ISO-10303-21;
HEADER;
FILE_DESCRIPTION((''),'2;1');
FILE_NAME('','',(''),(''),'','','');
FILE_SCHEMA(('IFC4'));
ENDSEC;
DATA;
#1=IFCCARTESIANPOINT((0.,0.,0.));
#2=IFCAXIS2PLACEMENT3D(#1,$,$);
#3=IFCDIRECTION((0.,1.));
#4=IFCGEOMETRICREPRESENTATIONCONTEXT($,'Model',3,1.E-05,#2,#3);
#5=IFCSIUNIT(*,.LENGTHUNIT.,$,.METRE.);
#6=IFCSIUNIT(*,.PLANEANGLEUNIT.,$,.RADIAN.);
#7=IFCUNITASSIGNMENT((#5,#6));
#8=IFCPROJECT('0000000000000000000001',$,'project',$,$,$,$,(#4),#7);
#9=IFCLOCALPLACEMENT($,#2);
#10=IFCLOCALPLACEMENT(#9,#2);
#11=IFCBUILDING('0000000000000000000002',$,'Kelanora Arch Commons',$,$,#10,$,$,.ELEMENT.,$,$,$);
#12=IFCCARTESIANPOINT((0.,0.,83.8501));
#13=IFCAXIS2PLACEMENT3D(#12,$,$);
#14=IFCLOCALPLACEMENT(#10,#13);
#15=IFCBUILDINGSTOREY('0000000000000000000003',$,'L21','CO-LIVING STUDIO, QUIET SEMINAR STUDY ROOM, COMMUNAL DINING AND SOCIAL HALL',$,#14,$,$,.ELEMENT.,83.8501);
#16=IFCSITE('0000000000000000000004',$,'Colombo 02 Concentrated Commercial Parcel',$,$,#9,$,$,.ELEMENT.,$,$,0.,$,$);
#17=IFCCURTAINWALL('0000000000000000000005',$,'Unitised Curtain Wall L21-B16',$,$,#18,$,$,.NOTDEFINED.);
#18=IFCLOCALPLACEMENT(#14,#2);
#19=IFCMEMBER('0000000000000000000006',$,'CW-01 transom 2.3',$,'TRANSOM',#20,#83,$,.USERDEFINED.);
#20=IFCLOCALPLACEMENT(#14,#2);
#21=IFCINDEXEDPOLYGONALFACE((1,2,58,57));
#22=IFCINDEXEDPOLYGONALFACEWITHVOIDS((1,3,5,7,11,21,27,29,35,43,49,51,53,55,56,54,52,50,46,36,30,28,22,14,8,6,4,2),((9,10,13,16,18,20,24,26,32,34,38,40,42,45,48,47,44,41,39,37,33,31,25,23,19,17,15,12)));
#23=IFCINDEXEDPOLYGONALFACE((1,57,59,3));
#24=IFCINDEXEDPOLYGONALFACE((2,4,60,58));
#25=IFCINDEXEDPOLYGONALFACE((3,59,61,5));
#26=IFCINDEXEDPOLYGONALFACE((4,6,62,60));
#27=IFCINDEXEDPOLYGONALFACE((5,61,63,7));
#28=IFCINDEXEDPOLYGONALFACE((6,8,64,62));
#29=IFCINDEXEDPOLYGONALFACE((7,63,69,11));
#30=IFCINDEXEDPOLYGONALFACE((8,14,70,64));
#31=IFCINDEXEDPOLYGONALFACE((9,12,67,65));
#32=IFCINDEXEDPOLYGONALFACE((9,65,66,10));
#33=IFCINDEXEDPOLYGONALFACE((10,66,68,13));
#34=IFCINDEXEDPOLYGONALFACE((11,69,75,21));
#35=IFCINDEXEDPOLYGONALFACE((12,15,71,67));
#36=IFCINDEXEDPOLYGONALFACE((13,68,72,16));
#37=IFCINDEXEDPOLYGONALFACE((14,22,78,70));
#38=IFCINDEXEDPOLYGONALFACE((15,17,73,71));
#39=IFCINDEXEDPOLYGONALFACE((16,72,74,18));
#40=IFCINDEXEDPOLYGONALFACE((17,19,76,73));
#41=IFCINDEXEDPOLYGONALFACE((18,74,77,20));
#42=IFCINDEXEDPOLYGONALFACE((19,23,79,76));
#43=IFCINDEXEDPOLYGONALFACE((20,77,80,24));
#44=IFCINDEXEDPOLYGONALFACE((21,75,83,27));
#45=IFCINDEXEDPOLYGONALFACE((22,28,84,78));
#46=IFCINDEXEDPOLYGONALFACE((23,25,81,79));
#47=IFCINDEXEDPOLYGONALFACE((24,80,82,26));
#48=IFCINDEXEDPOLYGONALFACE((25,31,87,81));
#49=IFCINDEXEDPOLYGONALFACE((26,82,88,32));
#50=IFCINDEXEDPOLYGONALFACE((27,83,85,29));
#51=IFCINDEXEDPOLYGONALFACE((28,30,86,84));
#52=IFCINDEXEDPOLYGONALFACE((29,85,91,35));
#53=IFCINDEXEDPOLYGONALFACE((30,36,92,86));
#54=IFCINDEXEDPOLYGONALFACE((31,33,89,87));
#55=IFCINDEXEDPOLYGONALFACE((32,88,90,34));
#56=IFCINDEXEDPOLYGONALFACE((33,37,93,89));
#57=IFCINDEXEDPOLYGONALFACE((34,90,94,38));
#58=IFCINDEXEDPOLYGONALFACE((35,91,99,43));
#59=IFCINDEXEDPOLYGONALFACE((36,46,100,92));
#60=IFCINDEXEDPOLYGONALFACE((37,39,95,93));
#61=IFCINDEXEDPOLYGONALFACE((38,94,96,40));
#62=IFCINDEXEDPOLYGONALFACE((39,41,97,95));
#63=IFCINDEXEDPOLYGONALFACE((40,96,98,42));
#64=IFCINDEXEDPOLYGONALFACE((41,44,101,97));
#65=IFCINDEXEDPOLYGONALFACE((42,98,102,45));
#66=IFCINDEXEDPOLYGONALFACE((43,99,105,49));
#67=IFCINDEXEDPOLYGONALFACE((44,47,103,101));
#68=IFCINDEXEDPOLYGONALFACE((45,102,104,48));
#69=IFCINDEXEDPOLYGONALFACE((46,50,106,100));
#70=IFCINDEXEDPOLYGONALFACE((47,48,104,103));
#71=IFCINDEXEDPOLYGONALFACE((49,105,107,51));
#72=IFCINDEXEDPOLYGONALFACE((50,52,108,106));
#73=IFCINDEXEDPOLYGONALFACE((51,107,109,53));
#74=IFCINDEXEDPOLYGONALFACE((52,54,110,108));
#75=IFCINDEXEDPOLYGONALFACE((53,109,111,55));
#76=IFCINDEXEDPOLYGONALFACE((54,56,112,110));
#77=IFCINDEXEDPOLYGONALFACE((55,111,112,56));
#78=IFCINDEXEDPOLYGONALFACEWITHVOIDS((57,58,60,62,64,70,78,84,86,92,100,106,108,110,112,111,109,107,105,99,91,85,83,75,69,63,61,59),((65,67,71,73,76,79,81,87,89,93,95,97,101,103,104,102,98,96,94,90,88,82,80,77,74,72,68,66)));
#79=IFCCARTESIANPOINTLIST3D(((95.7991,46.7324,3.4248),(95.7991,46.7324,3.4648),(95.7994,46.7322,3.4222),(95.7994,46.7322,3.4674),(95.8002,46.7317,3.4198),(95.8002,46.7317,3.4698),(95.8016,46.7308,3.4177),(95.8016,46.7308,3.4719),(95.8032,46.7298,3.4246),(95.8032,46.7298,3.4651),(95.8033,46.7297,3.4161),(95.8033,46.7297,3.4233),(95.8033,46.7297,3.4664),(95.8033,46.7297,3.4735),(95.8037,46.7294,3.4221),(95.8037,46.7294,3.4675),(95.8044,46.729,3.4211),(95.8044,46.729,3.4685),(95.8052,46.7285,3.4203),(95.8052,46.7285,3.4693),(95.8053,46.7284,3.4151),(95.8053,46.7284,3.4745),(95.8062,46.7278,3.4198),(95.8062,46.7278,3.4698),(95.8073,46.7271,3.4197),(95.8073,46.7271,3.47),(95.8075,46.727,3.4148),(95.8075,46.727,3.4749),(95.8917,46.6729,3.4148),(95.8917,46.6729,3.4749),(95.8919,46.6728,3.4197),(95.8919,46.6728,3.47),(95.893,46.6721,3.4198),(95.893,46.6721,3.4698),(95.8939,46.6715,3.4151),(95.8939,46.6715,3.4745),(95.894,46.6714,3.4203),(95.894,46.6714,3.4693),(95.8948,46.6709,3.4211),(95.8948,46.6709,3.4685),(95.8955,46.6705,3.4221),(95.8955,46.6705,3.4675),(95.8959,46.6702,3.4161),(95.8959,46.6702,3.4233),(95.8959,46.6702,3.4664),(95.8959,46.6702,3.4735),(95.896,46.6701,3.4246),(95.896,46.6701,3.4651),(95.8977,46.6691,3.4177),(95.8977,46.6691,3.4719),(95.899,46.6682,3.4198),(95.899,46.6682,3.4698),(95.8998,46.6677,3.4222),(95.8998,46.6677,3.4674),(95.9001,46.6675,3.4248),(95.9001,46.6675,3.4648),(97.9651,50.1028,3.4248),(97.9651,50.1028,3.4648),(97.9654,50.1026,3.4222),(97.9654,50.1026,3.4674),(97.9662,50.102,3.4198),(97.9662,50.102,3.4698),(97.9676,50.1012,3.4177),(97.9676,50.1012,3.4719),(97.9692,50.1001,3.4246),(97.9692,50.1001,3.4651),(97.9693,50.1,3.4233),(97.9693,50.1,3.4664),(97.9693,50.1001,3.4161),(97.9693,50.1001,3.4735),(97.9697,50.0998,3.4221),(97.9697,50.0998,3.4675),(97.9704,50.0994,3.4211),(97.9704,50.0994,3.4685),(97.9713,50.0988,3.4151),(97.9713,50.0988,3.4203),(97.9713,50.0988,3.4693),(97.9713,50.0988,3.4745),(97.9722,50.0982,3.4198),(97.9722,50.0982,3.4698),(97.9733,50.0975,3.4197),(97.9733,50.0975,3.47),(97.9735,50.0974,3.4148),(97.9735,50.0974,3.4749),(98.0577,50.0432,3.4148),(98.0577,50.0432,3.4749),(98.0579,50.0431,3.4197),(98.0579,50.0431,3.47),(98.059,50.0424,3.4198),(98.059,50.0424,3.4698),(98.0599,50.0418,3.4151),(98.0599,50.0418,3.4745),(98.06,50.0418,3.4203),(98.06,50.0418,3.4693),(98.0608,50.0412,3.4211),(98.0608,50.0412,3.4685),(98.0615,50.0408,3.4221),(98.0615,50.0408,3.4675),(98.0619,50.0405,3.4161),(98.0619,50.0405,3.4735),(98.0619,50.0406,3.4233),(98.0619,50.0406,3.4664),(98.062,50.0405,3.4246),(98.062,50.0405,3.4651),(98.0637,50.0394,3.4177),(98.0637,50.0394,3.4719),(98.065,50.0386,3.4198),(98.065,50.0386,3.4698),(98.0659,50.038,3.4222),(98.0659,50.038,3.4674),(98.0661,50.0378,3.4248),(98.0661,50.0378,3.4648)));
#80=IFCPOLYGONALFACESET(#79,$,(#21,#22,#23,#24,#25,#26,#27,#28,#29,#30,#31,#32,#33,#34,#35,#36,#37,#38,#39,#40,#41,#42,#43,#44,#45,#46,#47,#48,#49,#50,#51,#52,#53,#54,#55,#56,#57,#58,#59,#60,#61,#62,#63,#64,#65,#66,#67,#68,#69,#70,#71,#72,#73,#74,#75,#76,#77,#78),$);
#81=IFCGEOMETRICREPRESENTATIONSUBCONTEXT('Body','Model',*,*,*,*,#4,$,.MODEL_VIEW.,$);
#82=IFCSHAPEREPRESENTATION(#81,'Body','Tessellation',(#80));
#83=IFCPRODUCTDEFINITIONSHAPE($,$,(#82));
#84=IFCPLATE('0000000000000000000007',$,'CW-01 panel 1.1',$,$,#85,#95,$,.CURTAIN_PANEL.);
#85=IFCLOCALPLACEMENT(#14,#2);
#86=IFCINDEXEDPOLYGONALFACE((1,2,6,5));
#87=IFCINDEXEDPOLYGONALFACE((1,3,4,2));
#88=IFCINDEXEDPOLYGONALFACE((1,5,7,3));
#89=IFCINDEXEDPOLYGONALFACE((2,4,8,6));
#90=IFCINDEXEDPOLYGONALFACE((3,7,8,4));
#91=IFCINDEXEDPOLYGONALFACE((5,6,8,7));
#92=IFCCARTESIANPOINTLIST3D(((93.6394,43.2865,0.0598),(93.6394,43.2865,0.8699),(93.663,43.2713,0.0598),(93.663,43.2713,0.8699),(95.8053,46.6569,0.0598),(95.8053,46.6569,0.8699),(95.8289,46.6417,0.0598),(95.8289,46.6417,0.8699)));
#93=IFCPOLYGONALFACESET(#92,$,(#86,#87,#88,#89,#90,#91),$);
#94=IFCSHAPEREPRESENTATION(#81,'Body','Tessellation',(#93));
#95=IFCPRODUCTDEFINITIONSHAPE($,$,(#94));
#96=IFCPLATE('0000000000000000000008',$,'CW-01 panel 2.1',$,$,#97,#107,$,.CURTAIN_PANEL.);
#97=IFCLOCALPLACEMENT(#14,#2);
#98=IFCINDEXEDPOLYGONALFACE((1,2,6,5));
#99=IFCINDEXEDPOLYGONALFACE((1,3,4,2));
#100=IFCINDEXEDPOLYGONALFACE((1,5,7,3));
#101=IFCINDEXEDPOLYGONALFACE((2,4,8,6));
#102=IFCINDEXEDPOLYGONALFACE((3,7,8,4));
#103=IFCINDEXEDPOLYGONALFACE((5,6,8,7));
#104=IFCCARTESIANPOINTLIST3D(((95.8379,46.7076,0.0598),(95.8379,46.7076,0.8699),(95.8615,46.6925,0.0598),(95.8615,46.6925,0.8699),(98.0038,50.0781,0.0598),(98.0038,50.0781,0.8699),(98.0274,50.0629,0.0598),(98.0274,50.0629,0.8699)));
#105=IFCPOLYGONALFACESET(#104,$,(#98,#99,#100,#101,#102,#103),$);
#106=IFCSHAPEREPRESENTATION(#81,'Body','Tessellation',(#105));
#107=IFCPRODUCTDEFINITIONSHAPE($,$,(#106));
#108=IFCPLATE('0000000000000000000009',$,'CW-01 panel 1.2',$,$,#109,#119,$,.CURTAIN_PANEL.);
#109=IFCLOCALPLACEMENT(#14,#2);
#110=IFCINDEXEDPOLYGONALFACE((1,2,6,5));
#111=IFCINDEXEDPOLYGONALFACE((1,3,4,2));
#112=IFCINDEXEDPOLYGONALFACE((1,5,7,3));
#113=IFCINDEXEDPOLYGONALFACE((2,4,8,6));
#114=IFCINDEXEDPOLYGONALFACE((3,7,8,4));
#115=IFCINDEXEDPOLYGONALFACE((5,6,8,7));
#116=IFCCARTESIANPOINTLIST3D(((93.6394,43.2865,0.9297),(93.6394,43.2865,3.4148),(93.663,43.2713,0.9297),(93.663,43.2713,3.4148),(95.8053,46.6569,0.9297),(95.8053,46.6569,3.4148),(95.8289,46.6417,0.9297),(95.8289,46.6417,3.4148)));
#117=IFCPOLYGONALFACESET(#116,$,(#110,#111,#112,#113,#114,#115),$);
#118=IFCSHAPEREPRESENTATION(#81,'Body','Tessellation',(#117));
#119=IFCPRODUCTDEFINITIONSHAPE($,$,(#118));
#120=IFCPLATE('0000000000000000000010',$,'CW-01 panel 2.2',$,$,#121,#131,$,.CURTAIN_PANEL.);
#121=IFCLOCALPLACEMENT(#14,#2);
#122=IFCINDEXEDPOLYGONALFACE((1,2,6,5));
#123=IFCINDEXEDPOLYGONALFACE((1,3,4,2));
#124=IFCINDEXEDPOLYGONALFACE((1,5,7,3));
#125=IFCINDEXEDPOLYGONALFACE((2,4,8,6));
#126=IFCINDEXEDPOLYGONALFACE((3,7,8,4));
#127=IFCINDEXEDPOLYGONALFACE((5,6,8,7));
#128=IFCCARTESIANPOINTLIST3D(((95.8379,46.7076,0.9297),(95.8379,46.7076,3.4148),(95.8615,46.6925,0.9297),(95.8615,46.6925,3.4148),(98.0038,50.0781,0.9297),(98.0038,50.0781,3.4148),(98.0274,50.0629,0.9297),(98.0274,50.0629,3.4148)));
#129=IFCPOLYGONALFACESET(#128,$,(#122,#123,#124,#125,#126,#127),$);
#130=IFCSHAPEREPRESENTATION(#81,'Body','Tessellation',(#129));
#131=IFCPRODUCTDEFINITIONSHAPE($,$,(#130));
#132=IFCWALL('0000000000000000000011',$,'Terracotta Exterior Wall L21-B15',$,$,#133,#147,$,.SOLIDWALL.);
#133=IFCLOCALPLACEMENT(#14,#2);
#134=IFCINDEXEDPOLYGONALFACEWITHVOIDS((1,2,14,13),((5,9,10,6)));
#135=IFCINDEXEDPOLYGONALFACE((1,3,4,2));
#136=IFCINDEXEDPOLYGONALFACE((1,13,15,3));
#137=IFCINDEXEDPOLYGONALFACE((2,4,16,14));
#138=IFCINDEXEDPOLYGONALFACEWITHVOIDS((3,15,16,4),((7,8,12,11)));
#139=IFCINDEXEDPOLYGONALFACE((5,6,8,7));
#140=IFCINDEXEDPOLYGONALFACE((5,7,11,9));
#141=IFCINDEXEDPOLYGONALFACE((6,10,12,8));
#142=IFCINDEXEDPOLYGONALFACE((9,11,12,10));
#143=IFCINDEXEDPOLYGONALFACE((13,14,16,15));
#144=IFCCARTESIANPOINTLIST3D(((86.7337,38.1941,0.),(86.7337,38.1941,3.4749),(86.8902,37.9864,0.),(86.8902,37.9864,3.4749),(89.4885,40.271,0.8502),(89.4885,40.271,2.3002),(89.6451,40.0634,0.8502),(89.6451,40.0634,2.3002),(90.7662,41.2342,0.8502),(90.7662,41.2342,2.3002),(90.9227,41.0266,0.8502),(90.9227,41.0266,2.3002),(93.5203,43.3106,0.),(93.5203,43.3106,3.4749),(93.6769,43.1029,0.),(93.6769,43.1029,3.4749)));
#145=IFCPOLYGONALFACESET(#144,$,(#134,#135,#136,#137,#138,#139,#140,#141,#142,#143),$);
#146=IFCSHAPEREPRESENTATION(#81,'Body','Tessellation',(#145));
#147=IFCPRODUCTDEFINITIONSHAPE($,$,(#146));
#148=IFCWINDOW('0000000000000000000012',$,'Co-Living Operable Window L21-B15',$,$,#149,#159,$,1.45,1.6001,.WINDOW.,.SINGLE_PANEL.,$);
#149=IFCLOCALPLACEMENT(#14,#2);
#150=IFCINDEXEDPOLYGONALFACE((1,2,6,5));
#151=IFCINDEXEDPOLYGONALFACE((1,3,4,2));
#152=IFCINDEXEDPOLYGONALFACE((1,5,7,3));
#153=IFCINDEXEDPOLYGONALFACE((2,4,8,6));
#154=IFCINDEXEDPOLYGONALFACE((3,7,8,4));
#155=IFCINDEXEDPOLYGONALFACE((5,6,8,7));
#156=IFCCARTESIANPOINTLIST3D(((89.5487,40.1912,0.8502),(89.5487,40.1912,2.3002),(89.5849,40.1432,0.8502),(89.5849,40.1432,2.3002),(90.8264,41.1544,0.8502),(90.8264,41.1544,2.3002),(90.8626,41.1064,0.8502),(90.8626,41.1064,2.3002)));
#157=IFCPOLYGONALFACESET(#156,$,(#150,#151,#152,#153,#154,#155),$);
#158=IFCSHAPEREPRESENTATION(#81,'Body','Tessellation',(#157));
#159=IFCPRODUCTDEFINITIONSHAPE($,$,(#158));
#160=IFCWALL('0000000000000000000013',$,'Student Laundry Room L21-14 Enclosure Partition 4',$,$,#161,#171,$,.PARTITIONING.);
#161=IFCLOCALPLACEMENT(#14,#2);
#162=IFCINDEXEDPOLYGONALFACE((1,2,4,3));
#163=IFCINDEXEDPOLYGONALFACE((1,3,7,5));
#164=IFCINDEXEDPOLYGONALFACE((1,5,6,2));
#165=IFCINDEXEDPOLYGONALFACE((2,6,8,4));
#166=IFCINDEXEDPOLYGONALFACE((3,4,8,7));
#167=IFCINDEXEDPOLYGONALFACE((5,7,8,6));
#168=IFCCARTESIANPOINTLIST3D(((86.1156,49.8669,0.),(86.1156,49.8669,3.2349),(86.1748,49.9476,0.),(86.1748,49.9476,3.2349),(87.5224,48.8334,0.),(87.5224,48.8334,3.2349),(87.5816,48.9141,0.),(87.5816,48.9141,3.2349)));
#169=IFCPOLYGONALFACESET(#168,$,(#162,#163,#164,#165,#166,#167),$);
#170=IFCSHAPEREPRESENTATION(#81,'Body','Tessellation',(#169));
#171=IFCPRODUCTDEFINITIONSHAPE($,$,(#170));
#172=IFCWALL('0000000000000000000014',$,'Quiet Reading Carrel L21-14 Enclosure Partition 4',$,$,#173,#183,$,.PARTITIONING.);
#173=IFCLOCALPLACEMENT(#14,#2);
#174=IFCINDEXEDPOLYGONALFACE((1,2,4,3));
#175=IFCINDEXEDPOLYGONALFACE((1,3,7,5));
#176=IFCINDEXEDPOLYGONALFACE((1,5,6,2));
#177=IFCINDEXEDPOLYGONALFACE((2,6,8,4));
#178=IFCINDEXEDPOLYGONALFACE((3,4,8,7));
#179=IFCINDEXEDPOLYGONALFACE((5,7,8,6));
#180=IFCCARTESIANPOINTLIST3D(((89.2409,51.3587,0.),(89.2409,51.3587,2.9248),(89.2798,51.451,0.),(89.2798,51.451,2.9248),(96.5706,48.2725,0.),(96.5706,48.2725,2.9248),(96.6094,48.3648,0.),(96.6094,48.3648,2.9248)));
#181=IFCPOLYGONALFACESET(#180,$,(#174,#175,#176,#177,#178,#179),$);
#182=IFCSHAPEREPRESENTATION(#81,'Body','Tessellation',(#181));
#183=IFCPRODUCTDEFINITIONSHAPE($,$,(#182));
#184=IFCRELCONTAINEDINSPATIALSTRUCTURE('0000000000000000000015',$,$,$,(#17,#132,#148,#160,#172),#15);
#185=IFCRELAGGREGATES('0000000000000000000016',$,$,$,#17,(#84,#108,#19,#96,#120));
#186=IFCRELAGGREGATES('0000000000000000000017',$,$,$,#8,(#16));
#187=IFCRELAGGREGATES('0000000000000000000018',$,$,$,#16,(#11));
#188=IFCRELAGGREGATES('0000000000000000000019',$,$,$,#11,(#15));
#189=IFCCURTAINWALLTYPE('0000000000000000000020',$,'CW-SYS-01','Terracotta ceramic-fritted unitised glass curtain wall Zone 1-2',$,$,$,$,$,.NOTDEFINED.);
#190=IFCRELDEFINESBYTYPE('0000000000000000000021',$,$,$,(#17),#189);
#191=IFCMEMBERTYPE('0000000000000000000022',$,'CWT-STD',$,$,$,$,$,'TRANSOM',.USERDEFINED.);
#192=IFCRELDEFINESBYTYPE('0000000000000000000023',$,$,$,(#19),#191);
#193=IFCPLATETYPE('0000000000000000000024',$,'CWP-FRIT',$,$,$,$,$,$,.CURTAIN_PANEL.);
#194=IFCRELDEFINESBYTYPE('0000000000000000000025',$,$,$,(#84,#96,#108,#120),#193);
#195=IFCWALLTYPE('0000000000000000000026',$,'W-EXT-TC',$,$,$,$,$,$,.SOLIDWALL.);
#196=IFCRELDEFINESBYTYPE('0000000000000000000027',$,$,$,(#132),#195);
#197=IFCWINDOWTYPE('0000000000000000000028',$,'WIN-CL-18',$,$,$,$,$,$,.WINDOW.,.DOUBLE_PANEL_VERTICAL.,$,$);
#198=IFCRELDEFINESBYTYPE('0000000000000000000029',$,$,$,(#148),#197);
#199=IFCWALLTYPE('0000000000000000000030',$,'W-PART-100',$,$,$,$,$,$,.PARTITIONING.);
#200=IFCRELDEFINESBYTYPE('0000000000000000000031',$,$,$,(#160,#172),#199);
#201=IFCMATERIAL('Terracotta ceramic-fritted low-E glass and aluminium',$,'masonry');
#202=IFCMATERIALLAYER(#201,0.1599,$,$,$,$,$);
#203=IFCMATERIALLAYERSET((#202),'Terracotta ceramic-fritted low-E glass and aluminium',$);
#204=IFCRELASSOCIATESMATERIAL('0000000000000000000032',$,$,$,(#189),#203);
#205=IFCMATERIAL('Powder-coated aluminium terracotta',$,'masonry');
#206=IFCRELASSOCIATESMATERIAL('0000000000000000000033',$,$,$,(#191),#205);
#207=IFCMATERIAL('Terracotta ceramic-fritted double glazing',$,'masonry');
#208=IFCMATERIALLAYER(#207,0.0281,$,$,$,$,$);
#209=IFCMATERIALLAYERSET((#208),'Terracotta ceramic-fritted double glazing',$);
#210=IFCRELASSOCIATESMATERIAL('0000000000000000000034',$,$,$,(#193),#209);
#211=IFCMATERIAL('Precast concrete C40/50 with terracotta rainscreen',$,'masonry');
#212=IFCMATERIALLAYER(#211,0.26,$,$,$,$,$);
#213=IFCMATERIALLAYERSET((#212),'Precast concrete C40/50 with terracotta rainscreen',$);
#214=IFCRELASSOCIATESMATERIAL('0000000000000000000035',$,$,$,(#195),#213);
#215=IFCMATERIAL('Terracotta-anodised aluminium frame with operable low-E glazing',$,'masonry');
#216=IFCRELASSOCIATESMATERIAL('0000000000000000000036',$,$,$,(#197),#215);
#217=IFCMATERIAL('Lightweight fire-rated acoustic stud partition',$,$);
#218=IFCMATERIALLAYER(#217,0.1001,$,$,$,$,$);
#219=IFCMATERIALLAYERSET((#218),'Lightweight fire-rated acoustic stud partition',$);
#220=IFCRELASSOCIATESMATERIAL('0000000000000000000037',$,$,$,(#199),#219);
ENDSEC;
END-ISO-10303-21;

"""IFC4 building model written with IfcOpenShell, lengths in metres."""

from ifc_helpers import new_model, si_unit, direction, frame, frame_2d, origin, origin_2d, place, context, subcontext, project, spatial, rectangle, hollow_rectangle, extrude, source, transform, mapped, material, layer, layer_set, material_profile, profile_set, type_object, element, fill, aggregate, save


model = new_model("IFC4")

# Units and contexts
model_context = context("Model", 3, precision=1e-05, world=origin(), true_north=direction((0.0, 1.0)))
body_context = subcontext(model_context, "Body", "Model", "MODEL_VIEW")
ifc_project = project(units=[si_unit("LENGTHUNIT", "METRE"), si_unit("PLANEANGLEUNIT", "RADIAN")], contexts=[model_context])

# Site, building, storey
site_placement = place(None, origin())
site = spatial("IfcSite", under=ifc_project, at=site_placement, Name="Colombo 02 Concentrated Commercial Parcel", CompositionType="ELEMENT", RefElevation=0.0)
building_placement = place(site_placement, origin())
building = spatial("IfcBuilding", under=site, at=building_placement, Name="Kelanora Arch Commons", CompositionType="ELEMENT")
storey_placement = place(building_placement, frame((0.0, 0.0, 83.8501)))
storey = spatial("IfcBuildingStorey", under=building, at=storey_placement, Name="L21", Description="CO-LIVING STUDIO, QUIET SEMINAR STUDY ROOM, COMMUNAL DINING AND SOCIAL HALL", CompositionType="ELEMENT", Elevation=83.8501)

# Shared definitions
ifc_material_1 = material(Name="Terracotta ceramic-fritted low-E glass and aluminium", Category="masonry")
ifc_layer_1 = layer(ifc_material_1, 0.1599)
ifc_layer_set_1 = layer_set([ifc_layer_1], Name="Terracotta ceramic-fritted low-E glass and aluminium")
curtain_wall_type = type_object("IfcCurtainWallType", Name="CW-SYS-01", Description="Terracotta ceramic-fritted unitised glass curtain wall Zone 1-2", PredefinedType="NOTDEFINED", material=ifc_layer_set_1)
ifc_material_2 = material(Name="Powder-coated aluminium terracotta", Category="masonry")

# Curtain wall, member, plates
curtain_wall_1_placement = place(storey_placement, origin())
curtain_wall_1 = element("IfcCurtainWall", 1, at=curtain_wall_1_placement, inside=storey, type_object=curtain_wall_type, Name="Unitised Curtain Wall L21-B16", PredefinedType="NOTDEFINED")
ifc_material_profile_1 = material_profile(ifc_material_2, hollow_rectangle(XDim=0.1201, YDim=0.0601, WallThickness=0.0049, InnerFilletRadius=0.0049, OuterFilletRadius=0.01, at=origin_2d()), Name="CWT120x60")
ifc_profile_set_1 = profile_set([ifc_material_profile_1], Name="Powder-coated aluminium terracotta")
member_type_1 = type_object("IfcMemberType", Name="CWT-STD", ElementType="TRANSOM", PredefinedType="USERDEFINED", material=ifc_profile_set_1)
member_1_placement = place(storey_placement, frame((95.8496, 46.7, 3.4448), z_axis=(0.540644, 0.841252, 0.0), x_axis=(-0.841252, 0.540644, 0.0)))
member_1 = element("IfcMember", 2, at=member_1_placement, type_object=member_type_1, Name="CW-01 transom 2.3", ObjectType="TRANSOM", PredefinedType="USERDEFINED", context=body_context, shape_type="SweptSolid", body=[
    extrude(hollow_rectangle(XDim=0.1201, YDim=0.0601, WallThickness=0.0049, InnerFilletRadius=0.0049, OuterFilletRadius=0.01, at=origin_2d()), origin(), (0.0, 0.0, 1.0), 4.0063),
])
ifc_material_3 = material(Name="Terracotta ceramic-fritted double glazing", Category="masonry")
ifc_layer_2 = layer(ifc_material_3, 0.0281)
ifc_layer_set_2 = layer_set([ifc_layer_2], Name="Terracotta ceramic-fritted double glazing")
plate_type = type_object("IfcPlateType", Name="CWP-FRIT", PredefinedType="CURTAIN_PANEL", material=ifc_layer_set_2)
shared_shape_1 = source(origin(), body_context, "Body", "SweptSolid", [
    extrude(rectangle(XDim=4.0063, YDim=0.0281, at=origin_2d()), origin(), (0.0, 0.0, 1.0), 0.8101),
])
plate_1_placement = place(storey_placement, frame((94.7341, 44.9641, 0.0598), z_axis=(0.0, 0.0, 1.0), x_axis=(0.540617, 0.841269, 0.0)))
plate_1 = element("IfcPlate", 3, at=plate_1_placement, type_object=plate_type, Name="CW-01 panel 1.1", PredefinedType="CURTAIN_PANEL", context=body_context, shape_type="MappedRepresentation", body=[
    mapped(shared_shape_1, transform((0.0, 0.0, 0.0), scale=1.0)),
])
plate_2_placement = place(storey_placement, frame((96.9326, 48.3853, 0.0598), z_axis=(0.0, 0.0, 1.0), x_axis=(0.540617, 0.841269, 0.0)))
plate_2 = element("IfcPlate", 4, at=plate_2_placement, type_object=plate_type, Name="CW-01 panel 2.1", PredefinedType="CURTAIN_PANEL", context=body_context, shape_type="MappedRepresentation", body=[
    mapped(shared_shape_1, transform((0.0, 0.0, 0.0), scale=1.0)),
])
shared_shape_2 = source(origin(), body_context, "Body", "SweptSolid", [
    extrude(rectangle(XDim=4.0063, YDim=0.0281, at=origin_2d()), origin(), (0.0, 0.0, 1.0), 2.4851),
])
plate_3_placement = place(storey_placement, frame((94.7341, 44.9641, 0.9297), z_axis=(0.0, 0.0, 1.0), x_axis=(0.540617, 0.841269, 0.0)))
plate_3 = element("IfcPlate", 5, at=plate_3_placement, type_object=plate_type, Name="CW-01 panel 1.2", PredefinedType="CURTAIN_PANEL", context=body_context, shape_type="MappedRepresentation", body=[
    mapped(shared_shape_2, transform((0.0, 0.0, 0.0), scale=1.0)),
])
plate_4_placement = place(storey_placement, frame((96.9326, 48.3853, 0.9297), z_axis=(0.0, 0.0, 1.0), x_axis=(0.540617, 0.841269, 0.0)))
plate_4 = element("IfcPlate", 6, at=plate_4_placement, type_object=plate_type, Name="CW-01 panel 2.2", PredefinedType="CURTAIN_PANEL", context=body_context, shape_type="MappedRepresentation", body=[
    mapped(shared_shape_2, transform((0.0, 0.0, 0.0), scale=1.0)),
])
aggregate(curtain_wall_1, [plate_1, plate_3, member_1, plate_2, plate_4])

# Wall, opening, window
ifc_material_4 = material(Name="Precast concrete C40/50 with terracotta rainscreen", Category="masonry")
ifc_layer_3 = layer(ifc_material_4, 0.26)
ifc_layer_set_3 = layer_set([ifc_layer_3], Name="Precast concrete C40/50 with terracotta rainscreen")
wall_type_1 = type_object("IfcWallType", Name="W-EXT-TC", PredefinedType="SOLIDWALL", material=ifc_layer_set_3)
wall_1_placement = place(storey_placement, frame((86.812, 38.0903, 0.0), z_axis=(0.0, 0.0, 1.0), x_axis=(0.798502, 0.601993, 0.0)))
wall_1 = element("IfcWall", 7, at=wall_1_placement, inside=storey, type_object=wall_type_1, Name="Terracotta Exterior Wall L21-B15", PredefinedType="SOLIDWALL", context=body_context, shape_type="SweptSolid", body=[
    extrude(rectangle(XDim=8.4993, YDim=0.26, at=frame_2d((4.2495, 0.0))), origin(), (0.0, 0.0, 1.0), 3.4749),
])
opening_placement = place(wall_1_placement, frame((3.45, 0.0, 0.8501)))
opening = element("IfcOpeningElement", 8, at=opening_placement, cuts=wall_1, PredefinedType="OPENING", context=body_context, shape_type="SweptSolid", body=[
    extrude(rectangle(XDim=1.6001, YDim=1.45, at=frame_2d((0.8, 0.7251))), frame((0.0, 0.1401, 0.0), z_axis=(0.0, -1.0, 0.0), x_axis=(1.0, 0.0, 0.0)), (0.0, 0.0, 1.0), 0.28),
])
ifc_material_5 = material(Name="Terracotta-anodised aluminium frame with operable low-E glazing", Category="masonry")
window_type = type_object("IfcWindowType", Name="WIN-CL-18", PartitioningType="DOUBLE_PANEL_VERTICAL", PredefinedType="WINDOW", material=ifc_material_5)
window_placement = place(opening_placement, origin())
window = element("IfcWindow", 9, at=window_placement, inside=storey, type_object=window_type, Name="Co-Living Operable Window L21-B15", OverallHeight=1.45, OverallWidth=1.6001, PartitioningType="SINGLE_PANEL", PredefinedType="WINDOW", context=body_context, shape_type="SweptSolid", body=[
    extrude(rectangle(XDim=1.6001, YDim=1.45, at=frame_2d((0.8, 0.7251))), frame((0.0, 0.03, 0.0), z_axis=(0.0, -1.0, 0.0), x_axis=(1.0, 0.0, 0.0)), (0.0, 0.0, 1.0), 0.0601),
])
fill(opening, window)

# Walls
ifc_material_6 = material(Name="Lightweight fire-rated acoustic stud partition")
ifc_layer_4 = layer(ifc_material_6, 0.1001)
ifc_layer_set_4 = layer_set([ifc_layer_4], Name="Lightweight fire-rated acoustic stud partition")
wall_type_2 = type_object("IfcWallType", Name="W-PART-100", PredefinedType="PARTITIONING", material=ifc_layer_set_4)
wall_2_placement = place(storey_placement, frame((87.552, 48.8738, 0.0), z_axis=(0.0, 0.0, 1.0), x_axis=(-0.805902, 0.592049, 0.0)))
element("IfcWall", 10, at=wall_2_placement, inside=storey, type_object=wall_type_2, Name="Student Laundry Room L21-14 Enclosure Partition 4", PredefinedType="PARTITIONING", context=body_context, shape_type="SweptSolid", body=[
    extrude(rectangle(XDim=1.7456, YDim=0.1001, at=frame_2d((0.8728, 0.0))), origin(), (0.0, 0.0, 1.0), 3.2349),
])
wall_3_placement = place(storey_placement, frame((96.5901, 48.3186, 0.0), z_axis=(0.0, 0.0, 1.0), x_axis=(-0.921634, 0.388061, 0.0)))
element("IfcWall", 11, at=wall_3_placement, inside=storey, type_object=wall_type_2, Name="Quiet Reading Carrel L21-14 Enclosure Partition 4", PredefinedType="PARTITIONING", context=body_context, shape_type="SweptSolid", body=[
    extrude(rectangle(XDim=7.9529, YDim=0.1001, at=frame_2d((3.9766, 0.0))), origin(), (0.0, 0.0, 1.0), 2.9248),
])

save(model, "model.ifc")
